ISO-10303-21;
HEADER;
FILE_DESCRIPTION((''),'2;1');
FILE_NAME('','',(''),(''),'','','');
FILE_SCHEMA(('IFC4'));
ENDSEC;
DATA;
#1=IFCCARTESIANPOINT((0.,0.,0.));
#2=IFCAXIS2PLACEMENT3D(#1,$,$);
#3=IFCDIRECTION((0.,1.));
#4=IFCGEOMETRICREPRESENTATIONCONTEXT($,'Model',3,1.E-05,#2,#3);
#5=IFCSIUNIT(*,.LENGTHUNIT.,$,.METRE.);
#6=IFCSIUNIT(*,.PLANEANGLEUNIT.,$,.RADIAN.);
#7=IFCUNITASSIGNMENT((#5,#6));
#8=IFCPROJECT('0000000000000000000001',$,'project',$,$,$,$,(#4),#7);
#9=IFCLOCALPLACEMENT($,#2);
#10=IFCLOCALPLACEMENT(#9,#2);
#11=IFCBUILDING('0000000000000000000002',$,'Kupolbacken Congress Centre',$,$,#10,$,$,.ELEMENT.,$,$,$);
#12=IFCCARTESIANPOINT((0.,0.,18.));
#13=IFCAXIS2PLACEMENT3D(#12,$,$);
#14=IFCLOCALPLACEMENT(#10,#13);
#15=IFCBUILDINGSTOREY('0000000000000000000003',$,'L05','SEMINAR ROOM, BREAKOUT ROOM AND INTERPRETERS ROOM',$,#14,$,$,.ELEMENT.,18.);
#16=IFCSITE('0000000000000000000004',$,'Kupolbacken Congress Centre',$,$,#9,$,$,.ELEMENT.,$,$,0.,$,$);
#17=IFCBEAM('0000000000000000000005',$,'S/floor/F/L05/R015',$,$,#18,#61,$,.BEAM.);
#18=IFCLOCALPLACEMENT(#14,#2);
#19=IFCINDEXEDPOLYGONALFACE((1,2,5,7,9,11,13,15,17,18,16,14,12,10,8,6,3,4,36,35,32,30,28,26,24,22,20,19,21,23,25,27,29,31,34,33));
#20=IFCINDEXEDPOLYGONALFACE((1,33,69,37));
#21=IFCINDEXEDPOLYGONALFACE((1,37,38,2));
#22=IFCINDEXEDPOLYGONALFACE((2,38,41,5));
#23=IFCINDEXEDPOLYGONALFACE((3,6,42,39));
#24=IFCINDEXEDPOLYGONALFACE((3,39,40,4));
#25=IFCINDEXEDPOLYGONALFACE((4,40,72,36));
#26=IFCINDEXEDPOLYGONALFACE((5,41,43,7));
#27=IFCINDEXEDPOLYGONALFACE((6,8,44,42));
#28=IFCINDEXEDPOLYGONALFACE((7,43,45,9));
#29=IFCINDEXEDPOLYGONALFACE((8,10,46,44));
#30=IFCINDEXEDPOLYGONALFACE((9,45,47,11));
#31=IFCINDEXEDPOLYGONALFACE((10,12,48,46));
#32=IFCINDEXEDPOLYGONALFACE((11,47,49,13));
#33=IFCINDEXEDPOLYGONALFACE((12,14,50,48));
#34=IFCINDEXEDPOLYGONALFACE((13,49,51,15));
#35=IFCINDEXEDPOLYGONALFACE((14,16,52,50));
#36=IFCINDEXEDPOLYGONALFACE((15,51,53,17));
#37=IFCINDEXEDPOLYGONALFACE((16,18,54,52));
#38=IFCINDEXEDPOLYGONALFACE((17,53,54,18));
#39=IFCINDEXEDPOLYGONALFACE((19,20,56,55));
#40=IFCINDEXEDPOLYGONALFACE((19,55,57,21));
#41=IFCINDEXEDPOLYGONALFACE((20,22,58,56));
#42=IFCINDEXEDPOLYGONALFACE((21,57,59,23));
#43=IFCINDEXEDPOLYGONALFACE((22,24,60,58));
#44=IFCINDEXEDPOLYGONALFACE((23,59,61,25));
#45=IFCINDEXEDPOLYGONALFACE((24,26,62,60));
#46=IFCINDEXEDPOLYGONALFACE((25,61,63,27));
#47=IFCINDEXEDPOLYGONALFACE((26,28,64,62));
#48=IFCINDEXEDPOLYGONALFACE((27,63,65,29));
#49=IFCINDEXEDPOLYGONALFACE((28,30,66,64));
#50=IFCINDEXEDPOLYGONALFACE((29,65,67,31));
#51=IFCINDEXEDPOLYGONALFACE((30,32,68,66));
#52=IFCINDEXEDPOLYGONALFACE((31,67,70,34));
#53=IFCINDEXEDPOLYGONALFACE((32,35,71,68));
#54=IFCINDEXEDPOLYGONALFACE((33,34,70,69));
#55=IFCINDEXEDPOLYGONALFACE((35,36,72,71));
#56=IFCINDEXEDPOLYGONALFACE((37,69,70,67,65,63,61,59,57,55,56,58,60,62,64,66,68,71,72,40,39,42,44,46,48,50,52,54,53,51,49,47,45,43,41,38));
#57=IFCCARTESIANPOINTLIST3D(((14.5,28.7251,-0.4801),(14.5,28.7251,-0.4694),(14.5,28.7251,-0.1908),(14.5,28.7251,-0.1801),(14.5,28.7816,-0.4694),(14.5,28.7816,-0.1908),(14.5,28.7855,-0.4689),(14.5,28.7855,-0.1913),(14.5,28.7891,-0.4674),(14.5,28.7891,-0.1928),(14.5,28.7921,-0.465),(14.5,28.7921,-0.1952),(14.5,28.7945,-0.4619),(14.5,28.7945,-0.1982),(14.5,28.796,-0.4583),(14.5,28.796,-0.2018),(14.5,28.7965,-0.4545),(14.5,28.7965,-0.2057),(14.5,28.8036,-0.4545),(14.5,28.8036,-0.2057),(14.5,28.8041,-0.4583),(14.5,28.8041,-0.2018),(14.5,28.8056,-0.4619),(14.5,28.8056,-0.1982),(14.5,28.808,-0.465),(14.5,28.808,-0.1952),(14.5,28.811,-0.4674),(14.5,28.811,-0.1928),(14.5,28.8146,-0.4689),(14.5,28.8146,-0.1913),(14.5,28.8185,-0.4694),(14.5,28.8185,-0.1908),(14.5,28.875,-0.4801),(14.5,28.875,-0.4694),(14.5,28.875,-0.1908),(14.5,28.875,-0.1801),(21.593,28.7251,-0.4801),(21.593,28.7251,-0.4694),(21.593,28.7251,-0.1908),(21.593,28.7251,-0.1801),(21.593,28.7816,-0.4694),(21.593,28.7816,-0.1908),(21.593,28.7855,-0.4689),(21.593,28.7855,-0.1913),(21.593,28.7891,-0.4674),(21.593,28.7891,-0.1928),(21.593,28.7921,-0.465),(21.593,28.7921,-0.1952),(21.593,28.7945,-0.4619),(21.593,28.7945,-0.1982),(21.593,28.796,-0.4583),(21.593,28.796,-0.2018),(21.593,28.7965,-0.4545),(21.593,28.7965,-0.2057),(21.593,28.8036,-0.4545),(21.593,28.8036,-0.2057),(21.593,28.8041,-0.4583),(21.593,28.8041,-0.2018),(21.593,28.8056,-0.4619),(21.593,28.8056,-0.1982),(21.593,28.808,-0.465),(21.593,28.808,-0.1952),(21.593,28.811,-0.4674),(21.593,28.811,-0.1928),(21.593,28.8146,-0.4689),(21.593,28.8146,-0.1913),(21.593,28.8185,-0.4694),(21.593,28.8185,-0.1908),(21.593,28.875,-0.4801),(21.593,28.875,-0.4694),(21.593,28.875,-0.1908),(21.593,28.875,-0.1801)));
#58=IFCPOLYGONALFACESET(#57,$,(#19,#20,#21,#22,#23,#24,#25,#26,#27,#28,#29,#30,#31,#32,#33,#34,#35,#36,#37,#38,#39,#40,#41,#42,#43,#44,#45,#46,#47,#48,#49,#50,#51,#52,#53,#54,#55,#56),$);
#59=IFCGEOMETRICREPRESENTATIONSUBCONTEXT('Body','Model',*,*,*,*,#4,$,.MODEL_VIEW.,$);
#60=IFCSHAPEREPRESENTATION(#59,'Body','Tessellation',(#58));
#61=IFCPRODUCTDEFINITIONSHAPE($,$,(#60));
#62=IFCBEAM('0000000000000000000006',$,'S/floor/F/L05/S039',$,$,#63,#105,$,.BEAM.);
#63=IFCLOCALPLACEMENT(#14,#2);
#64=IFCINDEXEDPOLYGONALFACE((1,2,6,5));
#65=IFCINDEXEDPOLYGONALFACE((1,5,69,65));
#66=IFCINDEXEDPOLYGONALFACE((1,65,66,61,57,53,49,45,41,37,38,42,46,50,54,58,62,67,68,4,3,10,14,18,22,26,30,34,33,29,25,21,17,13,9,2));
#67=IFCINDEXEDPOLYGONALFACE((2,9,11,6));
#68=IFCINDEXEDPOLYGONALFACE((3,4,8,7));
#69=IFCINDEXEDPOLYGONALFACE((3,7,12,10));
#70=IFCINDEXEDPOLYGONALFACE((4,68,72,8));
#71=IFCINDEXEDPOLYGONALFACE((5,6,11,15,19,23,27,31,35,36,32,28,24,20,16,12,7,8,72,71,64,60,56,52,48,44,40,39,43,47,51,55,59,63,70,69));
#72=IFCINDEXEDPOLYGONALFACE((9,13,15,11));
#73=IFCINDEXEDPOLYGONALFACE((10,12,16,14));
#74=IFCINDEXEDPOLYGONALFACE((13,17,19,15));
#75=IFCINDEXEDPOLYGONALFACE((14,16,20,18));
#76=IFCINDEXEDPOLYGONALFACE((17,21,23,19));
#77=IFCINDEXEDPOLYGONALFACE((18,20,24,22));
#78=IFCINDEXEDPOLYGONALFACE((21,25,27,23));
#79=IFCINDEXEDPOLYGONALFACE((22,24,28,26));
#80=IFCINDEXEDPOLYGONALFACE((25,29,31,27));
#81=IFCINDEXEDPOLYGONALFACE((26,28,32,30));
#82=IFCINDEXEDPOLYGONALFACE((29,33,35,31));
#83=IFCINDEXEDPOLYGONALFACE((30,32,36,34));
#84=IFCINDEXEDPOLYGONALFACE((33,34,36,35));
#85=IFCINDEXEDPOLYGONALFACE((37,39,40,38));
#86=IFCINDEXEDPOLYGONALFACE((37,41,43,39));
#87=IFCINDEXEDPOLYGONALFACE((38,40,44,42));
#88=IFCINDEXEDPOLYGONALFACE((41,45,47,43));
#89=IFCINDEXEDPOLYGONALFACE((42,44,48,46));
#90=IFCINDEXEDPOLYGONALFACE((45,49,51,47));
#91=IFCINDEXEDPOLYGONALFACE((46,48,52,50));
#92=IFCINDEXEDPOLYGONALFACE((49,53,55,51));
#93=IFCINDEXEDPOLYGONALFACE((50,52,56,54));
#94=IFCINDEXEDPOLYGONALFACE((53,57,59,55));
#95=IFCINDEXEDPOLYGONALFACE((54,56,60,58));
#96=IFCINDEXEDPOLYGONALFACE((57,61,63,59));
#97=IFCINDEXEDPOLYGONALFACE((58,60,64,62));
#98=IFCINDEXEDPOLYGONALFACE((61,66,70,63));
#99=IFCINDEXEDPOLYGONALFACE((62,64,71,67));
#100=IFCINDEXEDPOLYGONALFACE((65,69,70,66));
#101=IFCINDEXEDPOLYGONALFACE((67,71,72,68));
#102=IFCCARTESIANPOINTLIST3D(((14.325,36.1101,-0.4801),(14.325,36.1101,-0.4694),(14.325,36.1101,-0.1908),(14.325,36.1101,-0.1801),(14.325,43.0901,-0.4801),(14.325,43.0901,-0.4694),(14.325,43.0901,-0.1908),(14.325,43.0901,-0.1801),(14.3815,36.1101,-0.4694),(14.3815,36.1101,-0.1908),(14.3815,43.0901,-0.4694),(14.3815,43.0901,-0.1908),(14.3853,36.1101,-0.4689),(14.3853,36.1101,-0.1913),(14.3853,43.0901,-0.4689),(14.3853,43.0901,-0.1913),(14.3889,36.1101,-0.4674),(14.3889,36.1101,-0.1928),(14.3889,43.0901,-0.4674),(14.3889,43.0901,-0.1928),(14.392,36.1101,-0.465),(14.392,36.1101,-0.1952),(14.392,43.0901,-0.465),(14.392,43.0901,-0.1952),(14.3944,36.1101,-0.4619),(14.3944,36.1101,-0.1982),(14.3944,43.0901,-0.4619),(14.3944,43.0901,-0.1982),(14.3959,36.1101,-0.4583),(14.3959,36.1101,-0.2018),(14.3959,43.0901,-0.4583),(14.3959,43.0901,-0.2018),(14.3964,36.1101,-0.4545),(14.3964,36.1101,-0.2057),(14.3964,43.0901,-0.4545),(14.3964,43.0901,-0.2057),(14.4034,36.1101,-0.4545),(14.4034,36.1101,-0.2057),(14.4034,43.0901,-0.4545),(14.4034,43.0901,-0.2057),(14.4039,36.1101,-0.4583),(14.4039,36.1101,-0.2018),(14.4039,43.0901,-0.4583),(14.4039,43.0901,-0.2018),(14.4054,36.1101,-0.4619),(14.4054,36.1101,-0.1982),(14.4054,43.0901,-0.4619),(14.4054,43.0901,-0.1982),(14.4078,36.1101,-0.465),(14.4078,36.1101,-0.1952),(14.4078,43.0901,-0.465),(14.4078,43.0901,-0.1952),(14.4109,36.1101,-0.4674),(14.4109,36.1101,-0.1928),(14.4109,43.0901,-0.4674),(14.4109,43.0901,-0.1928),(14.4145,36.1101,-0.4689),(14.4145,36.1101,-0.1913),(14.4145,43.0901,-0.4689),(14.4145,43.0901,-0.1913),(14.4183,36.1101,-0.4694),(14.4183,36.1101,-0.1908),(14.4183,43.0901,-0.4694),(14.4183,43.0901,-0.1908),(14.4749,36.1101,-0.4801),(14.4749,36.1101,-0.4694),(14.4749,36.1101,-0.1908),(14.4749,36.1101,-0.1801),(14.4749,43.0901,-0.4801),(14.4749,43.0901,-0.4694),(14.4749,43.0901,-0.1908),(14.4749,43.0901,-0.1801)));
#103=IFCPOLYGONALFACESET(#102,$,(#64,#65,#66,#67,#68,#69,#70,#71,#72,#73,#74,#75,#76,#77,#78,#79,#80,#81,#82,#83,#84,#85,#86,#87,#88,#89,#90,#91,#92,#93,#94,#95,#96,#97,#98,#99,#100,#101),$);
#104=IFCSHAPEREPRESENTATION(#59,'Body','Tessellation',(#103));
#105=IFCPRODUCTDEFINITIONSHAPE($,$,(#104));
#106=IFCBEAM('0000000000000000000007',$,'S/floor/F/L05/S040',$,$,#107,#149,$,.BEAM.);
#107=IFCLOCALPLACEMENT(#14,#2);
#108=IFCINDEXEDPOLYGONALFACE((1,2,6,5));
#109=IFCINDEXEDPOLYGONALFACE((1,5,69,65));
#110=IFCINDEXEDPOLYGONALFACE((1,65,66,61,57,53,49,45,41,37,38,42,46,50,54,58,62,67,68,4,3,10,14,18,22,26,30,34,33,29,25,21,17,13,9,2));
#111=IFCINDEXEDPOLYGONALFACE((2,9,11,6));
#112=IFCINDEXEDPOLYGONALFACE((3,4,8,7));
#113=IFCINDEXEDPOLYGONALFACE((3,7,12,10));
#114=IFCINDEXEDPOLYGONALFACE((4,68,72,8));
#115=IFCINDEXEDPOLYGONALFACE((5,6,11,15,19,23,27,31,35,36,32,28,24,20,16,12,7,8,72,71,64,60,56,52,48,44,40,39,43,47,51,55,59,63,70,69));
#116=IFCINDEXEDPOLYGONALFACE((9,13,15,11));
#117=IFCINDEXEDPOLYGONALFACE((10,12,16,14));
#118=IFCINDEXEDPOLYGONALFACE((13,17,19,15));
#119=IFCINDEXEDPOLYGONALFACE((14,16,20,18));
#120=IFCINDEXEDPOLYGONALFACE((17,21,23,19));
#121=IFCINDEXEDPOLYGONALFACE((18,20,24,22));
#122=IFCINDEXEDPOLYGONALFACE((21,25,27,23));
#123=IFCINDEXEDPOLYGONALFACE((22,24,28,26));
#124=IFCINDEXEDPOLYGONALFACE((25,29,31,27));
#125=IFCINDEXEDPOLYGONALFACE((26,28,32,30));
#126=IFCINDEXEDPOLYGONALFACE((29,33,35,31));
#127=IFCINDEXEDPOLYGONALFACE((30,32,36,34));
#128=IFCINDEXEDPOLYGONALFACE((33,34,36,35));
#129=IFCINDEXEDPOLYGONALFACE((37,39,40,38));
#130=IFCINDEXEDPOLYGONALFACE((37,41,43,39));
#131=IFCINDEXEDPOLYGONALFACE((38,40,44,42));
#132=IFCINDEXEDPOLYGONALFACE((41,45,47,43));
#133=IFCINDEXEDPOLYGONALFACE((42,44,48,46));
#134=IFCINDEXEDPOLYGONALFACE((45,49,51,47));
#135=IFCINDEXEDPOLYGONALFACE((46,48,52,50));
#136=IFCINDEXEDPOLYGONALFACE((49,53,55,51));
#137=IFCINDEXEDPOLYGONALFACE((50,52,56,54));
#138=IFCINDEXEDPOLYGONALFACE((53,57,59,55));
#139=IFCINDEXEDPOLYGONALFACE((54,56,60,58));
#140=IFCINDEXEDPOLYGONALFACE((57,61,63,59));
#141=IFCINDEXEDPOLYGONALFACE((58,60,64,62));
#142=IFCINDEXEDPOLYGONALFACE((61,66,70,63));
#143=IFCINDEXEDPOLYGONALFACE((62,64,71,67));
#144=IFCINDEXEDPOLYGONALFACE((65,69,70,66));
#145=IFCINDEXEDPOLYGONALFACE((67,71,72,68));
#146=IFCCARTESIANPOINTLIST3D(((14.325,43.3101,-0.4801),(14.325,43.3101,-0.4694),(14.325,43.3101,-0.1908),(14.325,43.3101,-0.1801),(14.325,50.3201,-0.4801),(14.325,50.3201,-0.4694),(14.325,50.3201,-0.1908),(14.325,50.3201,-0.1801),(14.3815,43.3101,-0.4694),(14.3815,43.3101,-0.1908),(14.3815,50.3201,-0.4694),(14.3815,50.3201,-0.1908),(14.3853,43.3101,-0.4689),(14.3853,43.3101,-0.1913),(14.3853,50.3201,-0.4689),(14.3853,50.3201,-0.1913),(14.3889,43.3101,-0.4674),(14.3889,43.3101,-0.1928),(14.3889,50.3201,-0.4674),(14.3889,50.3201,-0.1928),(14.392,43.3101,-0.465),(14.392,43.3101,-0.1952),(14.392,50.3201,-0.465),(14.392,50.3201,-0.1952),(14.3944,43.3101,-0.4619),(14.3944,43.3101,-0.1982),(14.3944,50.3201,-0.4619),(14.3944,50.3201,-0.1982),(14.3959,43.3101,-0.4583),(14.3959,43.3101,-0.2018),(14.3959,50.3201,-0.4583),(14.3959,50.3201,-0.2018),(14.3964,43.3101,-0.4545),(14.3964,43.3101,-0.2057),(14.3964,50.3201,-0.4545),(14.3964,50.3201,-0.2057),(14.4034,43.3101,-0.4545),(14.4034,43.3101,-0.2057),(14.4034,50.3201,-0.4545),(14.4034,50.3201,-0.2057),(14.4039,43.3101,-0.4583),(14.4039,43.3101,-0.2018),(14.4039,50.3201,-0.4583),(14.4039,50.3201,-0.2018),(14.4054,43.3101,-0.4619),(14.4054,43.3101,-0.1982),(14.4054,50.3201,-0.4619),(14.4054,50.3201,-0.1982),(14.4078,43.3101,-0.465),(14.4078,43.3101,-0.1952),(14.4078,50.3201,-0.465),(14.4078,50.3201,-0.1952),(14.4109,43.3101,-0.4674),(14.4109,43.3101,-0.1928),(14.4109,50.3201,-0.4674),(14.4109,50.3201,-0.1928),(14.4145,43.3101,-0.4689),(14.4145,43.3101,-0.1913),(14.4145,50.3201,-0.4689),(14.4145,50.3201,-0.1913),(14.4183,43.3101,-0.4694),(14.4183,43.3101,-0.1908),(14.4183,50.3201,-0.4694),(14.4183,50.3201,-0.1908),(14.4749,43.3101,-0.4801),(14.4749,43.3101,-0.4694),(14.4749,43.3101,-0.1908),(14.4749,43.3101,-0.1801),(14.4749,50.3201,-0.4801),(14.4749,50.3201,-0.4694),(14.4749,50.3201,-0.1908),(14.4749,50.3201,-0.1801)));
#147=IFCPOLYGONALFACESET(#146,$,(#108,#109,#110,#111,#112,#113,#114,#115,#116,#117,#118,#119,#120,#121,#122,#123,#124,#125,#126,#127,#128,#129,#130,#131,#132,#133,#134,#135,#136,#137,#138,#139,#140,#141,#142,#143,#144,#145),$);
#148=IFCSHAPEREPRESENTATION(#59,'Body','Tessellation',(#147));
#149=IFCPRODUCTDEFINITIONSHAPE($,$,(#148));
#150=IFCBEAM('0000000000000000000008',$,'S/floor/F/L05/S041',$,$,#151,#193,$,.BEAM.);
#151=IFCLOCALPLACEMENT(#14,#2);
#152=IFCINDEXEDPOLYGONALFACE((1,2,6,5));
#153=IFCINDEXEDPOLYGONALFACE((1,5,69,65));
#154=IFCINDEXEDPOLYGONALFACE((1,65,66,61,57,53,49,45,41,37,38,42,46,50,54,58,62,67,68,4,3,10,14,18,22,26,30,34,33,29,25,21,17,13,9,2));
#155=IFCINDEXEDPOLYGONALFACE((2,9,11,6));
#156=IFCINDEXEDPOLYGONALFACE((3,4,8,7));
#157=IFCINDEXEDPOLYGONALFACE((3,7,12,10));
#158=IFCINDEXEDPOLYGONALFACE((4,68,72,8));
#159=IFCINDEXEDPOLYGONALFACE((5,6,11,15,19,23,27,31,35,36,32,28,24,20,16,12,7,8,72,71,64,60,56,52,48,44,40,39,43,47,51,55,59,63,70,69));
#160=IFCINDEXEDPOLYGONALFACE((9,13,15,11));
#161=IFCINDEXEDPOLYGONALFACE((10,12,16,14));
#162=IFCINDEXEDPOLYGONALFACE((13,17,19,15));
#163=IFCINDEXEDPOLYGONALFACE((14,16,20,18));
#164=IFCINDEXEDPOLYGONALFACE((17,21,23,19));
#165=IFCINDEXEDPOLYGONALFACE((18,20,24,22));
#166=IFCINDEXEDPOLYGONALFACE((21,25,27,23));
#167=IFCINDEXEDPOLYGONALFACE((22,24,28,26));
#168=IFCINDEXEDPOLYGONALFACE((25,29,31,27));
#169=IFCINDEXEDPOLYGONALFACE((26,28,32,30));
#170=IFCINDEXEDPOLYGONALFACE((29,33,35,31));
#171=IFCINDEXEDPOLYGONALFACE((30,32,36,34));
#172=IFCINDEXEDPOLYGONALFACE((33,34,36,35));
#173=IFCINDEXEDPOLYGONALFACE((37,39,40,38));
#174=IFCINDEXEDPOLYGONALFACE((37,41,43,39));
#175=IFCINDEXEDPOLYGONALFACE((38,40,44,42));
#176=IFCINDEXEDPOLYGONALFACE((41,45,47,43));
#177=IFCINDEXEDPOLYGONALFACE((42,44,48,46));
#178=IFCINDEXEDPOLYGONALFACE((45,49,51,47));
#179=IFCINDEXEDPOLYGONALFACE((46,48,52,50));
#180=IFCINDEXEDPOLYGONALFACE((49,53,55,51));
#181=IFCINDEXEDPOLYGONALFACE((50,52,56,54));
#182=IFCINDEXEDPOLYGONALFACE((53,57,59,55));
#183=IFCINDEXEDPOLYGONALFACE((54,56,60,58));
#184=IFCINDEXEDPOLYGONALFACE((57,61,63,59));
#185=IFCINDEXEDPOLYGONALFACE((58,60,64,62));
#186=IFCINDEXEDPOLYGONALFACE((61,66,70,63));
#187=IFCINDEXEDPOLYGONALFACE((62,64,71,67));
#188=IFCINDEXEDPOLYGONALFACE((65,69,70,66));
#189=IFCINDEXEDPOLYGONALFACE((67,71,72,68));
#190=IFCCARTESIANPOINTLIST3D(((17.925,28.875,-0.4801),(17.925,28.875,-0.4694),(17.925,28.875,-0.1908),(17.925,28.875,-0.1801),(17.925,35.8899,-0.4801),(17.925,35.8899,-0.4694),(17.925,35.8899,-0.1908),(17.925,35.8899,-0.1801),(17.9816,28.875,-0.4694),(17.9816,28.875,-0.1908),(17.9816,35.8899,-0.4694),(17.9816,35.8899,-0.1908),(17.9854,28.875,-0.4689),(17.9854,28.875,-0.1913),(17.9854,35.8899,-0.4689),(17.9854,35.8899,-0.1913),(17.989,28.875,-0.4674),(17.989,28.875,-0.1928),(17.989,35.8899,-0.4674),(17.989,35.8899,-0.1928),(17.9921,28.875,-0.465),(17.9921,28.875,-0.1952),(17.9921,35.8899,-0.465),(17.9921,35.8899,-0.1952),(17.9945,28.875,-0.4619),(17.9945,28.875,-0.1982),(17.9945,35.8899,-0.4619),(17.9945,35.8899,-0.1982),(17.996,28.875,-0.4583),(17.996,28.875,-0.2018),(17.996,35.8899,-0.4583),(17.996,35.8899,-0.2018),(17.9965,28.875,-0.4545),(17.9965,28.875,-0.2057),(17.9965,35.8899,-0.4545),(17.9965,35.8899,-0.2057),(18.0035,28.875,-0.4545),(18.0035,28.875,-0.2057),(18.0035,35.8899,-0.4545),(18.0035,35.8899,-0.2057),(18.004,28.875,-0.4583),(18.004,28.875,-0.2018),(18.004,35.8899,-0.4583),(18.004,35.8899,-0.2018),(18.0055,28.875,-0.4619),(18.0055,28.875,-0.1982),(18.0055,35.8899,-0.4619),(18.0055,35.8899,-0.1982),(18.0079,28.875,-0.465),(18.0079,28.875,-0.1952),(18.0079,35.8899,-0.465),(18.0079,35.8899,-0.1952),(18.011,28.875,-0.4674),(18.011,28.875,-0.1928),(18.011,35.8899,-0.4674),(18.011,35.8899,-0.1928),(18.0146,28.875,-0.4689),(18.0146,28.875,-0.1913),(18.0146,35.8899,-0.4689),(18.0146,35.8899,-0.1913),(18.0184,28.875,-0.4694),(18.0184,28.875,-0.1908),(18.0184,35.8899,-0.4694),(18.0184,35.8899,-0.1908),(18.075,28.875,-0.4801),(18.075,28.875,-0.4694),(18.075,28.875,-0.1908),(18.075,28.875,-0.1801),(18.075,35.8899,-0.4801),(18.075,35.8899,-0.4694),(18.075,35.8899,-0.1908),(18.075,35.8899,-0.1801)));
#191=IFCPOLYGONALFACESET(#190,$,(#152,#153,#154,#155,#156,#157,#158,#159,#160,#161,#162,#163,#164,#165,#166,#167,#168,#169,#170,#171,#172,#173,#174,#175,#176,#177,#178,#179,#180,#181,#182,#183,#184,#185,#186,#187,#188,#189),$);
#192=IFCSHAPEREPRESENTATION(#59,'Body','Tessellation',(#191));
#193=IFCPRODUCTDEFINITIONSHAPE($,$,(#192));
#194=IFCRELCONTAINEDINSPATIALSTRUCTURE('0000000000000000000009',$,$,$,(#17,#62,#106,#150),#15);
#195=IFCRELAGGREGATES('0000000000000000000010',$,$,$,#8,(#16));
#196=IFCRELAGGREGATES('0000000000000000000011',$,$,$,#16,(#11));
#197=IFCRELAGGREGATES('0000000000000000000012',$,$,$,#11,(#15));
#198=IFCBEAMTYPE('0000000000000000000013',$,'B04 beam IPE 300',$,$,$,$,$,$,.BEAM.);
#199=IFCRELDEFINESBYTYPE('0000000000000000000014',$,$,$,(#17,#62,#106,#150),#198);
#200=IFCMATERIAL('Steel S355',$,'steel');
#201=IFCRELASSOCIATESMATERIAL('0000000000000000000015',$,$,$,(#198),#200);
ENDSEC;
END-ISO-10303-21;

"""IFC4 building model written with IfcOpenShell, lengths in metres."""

from ifc_helpers import new_model, si_unit, direction, frame, origin, origin_2d, place, context, subcontext, project, spatial, i_section, extrude, material, material_profile, profile_set, type_object, element, save


model = new_model("IFC4")

# Units and contexts
model_context = context("Model", 3, precision=1e-05, world=origin(), true_north=direction((0.0, 1.0)))
body_context = subcontext(model_context, "Body", "Model", "MODEL_VIEW")
ifc_project = project(units=[si_unit("LENGTHUNIT", "METRE"), si_unit("PLANEANGLEUNIT", "RADIAN")], contexts=[model_context])

# Site, building, storey
site_placement = place(None, origin())
site = spatial("IfcSite", under=ifc_project, at=site_placement, Name="Kupolbacken Congress Centre", CompositionType="ELEMENT", RefElevation=0.0)
building_placement = place(site_placement, origin())
building = spatial("IfcBuilding", under=site, at=building_placement, Name="Kupolbacken Congress Centre", CompositionType="ELEMENT")
storey_placement = place(building_placement, frame((0.0, 0.0, 18.0)))
storey = spatial("IfcBuildingStorey", under=building, at=storey_placement, Name="L05", Description="SEMINAR ROOM, BREAKOUT ROOM AND INTERPRETERS ROOM", CompositionType="ELEMENT", Elevation=18.0)

# Beams
ifc_material_1 = material(Name="Steel S355", Category="steel")
ifc_material_profile_1 = material_profile(ifc_material_1, i_section(OverallWidth=0.1499, OverallDepth=0.3, WebThickness=0.0071, FlangeThickness=0.0107, FilletRadius=0.0149, at=origin_2d()), Name="IPE 300")
ifc_profile_set_1 = profile_set([ifc_material_profile_1], Name="Steel S355")
beam_type_1 = type_object("IfcBeamType", Name="B04 beam IPE 300", PredefinedType="BEAM", material=ifc_profile_set_1)
beam_1_placement = place(storey_placement, frame((14.5, 28.8, -0.3301), z_axis=(1.0, 0.0, 0.0), x_axis=(0.0, 1.0, 0.0)))
element("IfcBeam", 1, at=beam_1_placement, inside=storey, type_object=beam_type_1, Name="S/floor/F/L05/R015", PredefinedType="BEAM", context=body_context, shape_type="SweptSolid", body=[
    extrude(i_section(OverallWidth=0.1499, OverallDepth=0.3, WebThickness=0.0071, FlangeThickness=0.0107, FilletRadius=0.0149, at=origin_2d()), origin(), (0.0, 0.0, 1.0), 7.093),
])
beam_2_placement = place(storey_placement, frame((14.3999, 36.1101, -0.3301), z_axis=(0.0, 1.0, 0.0), x_axis=(-1.0, 0.0, 0.0)))
element("IfcBeam", 2, at=beam_2_placement, inside=storey, type_object=beam_type_1, Name="S/floor/F/L05/S039", PredefinedType="BEAM", context=body_context, shape_type="SweptSolid", body=[
    extrude(i_section(OverallWidth=0.1499, OverallDepth=0.3, WebThickness=0.0071, FlangeThickness=0.0107, FilletRadius=0.0149, at=origin_2d()), origin(), (0.0, 0.0, 1.0), 6.98),
])
beam_3_placement = place(storey_placement, frame((14.3999, 43.3101, -0.3301), z_axis=(0.0, 1.0, 0.0), x_axis=(-1.0, 0.0, 0.0)))
element("IfcBeam", 3, at=beam_3_placement, inside=storey, type_object=beam_type_1, Name="S/floor/F/L05/S040", PredefinedType="BEAM", context=body_context, shape_type="SweptSolid", body=[
    extrude(i_section(OverallWidth=0.1499, OverallDepth=0.3, WebThickness=0.0071, FlangeThickness=0.0107, FilletRadius=0.0149, at=origin_2d()), origin(), (0.0, 0.0, 1.0), 7.01),
])
beam_4_placement = place(storey_placement, frame((18.0, 28.875, -0.3301), z_axis=(0.0, 1.0, 0.0), x_axis=(-1.0, 0.0, 0.0)))
element("IfcBeam", 4, at=beam_4_placement, inside=storey, type_object=beam_type_1, Name="S/floor/F/L05/S041", PredefinedType="BEAM", context=body_context, shape_type="SweptSolid", body=[
    extrude(i_section(OverallWidth=0.1499, OverallDepth=0.3, WebThickness=0.0071, FlangeThickness=0.0107, FilletRadius=0.0149, at=origin_2d()), origin(), (0.0, 0.0, 1.0), 7.0149),
])

save(model, "model.ifc")
